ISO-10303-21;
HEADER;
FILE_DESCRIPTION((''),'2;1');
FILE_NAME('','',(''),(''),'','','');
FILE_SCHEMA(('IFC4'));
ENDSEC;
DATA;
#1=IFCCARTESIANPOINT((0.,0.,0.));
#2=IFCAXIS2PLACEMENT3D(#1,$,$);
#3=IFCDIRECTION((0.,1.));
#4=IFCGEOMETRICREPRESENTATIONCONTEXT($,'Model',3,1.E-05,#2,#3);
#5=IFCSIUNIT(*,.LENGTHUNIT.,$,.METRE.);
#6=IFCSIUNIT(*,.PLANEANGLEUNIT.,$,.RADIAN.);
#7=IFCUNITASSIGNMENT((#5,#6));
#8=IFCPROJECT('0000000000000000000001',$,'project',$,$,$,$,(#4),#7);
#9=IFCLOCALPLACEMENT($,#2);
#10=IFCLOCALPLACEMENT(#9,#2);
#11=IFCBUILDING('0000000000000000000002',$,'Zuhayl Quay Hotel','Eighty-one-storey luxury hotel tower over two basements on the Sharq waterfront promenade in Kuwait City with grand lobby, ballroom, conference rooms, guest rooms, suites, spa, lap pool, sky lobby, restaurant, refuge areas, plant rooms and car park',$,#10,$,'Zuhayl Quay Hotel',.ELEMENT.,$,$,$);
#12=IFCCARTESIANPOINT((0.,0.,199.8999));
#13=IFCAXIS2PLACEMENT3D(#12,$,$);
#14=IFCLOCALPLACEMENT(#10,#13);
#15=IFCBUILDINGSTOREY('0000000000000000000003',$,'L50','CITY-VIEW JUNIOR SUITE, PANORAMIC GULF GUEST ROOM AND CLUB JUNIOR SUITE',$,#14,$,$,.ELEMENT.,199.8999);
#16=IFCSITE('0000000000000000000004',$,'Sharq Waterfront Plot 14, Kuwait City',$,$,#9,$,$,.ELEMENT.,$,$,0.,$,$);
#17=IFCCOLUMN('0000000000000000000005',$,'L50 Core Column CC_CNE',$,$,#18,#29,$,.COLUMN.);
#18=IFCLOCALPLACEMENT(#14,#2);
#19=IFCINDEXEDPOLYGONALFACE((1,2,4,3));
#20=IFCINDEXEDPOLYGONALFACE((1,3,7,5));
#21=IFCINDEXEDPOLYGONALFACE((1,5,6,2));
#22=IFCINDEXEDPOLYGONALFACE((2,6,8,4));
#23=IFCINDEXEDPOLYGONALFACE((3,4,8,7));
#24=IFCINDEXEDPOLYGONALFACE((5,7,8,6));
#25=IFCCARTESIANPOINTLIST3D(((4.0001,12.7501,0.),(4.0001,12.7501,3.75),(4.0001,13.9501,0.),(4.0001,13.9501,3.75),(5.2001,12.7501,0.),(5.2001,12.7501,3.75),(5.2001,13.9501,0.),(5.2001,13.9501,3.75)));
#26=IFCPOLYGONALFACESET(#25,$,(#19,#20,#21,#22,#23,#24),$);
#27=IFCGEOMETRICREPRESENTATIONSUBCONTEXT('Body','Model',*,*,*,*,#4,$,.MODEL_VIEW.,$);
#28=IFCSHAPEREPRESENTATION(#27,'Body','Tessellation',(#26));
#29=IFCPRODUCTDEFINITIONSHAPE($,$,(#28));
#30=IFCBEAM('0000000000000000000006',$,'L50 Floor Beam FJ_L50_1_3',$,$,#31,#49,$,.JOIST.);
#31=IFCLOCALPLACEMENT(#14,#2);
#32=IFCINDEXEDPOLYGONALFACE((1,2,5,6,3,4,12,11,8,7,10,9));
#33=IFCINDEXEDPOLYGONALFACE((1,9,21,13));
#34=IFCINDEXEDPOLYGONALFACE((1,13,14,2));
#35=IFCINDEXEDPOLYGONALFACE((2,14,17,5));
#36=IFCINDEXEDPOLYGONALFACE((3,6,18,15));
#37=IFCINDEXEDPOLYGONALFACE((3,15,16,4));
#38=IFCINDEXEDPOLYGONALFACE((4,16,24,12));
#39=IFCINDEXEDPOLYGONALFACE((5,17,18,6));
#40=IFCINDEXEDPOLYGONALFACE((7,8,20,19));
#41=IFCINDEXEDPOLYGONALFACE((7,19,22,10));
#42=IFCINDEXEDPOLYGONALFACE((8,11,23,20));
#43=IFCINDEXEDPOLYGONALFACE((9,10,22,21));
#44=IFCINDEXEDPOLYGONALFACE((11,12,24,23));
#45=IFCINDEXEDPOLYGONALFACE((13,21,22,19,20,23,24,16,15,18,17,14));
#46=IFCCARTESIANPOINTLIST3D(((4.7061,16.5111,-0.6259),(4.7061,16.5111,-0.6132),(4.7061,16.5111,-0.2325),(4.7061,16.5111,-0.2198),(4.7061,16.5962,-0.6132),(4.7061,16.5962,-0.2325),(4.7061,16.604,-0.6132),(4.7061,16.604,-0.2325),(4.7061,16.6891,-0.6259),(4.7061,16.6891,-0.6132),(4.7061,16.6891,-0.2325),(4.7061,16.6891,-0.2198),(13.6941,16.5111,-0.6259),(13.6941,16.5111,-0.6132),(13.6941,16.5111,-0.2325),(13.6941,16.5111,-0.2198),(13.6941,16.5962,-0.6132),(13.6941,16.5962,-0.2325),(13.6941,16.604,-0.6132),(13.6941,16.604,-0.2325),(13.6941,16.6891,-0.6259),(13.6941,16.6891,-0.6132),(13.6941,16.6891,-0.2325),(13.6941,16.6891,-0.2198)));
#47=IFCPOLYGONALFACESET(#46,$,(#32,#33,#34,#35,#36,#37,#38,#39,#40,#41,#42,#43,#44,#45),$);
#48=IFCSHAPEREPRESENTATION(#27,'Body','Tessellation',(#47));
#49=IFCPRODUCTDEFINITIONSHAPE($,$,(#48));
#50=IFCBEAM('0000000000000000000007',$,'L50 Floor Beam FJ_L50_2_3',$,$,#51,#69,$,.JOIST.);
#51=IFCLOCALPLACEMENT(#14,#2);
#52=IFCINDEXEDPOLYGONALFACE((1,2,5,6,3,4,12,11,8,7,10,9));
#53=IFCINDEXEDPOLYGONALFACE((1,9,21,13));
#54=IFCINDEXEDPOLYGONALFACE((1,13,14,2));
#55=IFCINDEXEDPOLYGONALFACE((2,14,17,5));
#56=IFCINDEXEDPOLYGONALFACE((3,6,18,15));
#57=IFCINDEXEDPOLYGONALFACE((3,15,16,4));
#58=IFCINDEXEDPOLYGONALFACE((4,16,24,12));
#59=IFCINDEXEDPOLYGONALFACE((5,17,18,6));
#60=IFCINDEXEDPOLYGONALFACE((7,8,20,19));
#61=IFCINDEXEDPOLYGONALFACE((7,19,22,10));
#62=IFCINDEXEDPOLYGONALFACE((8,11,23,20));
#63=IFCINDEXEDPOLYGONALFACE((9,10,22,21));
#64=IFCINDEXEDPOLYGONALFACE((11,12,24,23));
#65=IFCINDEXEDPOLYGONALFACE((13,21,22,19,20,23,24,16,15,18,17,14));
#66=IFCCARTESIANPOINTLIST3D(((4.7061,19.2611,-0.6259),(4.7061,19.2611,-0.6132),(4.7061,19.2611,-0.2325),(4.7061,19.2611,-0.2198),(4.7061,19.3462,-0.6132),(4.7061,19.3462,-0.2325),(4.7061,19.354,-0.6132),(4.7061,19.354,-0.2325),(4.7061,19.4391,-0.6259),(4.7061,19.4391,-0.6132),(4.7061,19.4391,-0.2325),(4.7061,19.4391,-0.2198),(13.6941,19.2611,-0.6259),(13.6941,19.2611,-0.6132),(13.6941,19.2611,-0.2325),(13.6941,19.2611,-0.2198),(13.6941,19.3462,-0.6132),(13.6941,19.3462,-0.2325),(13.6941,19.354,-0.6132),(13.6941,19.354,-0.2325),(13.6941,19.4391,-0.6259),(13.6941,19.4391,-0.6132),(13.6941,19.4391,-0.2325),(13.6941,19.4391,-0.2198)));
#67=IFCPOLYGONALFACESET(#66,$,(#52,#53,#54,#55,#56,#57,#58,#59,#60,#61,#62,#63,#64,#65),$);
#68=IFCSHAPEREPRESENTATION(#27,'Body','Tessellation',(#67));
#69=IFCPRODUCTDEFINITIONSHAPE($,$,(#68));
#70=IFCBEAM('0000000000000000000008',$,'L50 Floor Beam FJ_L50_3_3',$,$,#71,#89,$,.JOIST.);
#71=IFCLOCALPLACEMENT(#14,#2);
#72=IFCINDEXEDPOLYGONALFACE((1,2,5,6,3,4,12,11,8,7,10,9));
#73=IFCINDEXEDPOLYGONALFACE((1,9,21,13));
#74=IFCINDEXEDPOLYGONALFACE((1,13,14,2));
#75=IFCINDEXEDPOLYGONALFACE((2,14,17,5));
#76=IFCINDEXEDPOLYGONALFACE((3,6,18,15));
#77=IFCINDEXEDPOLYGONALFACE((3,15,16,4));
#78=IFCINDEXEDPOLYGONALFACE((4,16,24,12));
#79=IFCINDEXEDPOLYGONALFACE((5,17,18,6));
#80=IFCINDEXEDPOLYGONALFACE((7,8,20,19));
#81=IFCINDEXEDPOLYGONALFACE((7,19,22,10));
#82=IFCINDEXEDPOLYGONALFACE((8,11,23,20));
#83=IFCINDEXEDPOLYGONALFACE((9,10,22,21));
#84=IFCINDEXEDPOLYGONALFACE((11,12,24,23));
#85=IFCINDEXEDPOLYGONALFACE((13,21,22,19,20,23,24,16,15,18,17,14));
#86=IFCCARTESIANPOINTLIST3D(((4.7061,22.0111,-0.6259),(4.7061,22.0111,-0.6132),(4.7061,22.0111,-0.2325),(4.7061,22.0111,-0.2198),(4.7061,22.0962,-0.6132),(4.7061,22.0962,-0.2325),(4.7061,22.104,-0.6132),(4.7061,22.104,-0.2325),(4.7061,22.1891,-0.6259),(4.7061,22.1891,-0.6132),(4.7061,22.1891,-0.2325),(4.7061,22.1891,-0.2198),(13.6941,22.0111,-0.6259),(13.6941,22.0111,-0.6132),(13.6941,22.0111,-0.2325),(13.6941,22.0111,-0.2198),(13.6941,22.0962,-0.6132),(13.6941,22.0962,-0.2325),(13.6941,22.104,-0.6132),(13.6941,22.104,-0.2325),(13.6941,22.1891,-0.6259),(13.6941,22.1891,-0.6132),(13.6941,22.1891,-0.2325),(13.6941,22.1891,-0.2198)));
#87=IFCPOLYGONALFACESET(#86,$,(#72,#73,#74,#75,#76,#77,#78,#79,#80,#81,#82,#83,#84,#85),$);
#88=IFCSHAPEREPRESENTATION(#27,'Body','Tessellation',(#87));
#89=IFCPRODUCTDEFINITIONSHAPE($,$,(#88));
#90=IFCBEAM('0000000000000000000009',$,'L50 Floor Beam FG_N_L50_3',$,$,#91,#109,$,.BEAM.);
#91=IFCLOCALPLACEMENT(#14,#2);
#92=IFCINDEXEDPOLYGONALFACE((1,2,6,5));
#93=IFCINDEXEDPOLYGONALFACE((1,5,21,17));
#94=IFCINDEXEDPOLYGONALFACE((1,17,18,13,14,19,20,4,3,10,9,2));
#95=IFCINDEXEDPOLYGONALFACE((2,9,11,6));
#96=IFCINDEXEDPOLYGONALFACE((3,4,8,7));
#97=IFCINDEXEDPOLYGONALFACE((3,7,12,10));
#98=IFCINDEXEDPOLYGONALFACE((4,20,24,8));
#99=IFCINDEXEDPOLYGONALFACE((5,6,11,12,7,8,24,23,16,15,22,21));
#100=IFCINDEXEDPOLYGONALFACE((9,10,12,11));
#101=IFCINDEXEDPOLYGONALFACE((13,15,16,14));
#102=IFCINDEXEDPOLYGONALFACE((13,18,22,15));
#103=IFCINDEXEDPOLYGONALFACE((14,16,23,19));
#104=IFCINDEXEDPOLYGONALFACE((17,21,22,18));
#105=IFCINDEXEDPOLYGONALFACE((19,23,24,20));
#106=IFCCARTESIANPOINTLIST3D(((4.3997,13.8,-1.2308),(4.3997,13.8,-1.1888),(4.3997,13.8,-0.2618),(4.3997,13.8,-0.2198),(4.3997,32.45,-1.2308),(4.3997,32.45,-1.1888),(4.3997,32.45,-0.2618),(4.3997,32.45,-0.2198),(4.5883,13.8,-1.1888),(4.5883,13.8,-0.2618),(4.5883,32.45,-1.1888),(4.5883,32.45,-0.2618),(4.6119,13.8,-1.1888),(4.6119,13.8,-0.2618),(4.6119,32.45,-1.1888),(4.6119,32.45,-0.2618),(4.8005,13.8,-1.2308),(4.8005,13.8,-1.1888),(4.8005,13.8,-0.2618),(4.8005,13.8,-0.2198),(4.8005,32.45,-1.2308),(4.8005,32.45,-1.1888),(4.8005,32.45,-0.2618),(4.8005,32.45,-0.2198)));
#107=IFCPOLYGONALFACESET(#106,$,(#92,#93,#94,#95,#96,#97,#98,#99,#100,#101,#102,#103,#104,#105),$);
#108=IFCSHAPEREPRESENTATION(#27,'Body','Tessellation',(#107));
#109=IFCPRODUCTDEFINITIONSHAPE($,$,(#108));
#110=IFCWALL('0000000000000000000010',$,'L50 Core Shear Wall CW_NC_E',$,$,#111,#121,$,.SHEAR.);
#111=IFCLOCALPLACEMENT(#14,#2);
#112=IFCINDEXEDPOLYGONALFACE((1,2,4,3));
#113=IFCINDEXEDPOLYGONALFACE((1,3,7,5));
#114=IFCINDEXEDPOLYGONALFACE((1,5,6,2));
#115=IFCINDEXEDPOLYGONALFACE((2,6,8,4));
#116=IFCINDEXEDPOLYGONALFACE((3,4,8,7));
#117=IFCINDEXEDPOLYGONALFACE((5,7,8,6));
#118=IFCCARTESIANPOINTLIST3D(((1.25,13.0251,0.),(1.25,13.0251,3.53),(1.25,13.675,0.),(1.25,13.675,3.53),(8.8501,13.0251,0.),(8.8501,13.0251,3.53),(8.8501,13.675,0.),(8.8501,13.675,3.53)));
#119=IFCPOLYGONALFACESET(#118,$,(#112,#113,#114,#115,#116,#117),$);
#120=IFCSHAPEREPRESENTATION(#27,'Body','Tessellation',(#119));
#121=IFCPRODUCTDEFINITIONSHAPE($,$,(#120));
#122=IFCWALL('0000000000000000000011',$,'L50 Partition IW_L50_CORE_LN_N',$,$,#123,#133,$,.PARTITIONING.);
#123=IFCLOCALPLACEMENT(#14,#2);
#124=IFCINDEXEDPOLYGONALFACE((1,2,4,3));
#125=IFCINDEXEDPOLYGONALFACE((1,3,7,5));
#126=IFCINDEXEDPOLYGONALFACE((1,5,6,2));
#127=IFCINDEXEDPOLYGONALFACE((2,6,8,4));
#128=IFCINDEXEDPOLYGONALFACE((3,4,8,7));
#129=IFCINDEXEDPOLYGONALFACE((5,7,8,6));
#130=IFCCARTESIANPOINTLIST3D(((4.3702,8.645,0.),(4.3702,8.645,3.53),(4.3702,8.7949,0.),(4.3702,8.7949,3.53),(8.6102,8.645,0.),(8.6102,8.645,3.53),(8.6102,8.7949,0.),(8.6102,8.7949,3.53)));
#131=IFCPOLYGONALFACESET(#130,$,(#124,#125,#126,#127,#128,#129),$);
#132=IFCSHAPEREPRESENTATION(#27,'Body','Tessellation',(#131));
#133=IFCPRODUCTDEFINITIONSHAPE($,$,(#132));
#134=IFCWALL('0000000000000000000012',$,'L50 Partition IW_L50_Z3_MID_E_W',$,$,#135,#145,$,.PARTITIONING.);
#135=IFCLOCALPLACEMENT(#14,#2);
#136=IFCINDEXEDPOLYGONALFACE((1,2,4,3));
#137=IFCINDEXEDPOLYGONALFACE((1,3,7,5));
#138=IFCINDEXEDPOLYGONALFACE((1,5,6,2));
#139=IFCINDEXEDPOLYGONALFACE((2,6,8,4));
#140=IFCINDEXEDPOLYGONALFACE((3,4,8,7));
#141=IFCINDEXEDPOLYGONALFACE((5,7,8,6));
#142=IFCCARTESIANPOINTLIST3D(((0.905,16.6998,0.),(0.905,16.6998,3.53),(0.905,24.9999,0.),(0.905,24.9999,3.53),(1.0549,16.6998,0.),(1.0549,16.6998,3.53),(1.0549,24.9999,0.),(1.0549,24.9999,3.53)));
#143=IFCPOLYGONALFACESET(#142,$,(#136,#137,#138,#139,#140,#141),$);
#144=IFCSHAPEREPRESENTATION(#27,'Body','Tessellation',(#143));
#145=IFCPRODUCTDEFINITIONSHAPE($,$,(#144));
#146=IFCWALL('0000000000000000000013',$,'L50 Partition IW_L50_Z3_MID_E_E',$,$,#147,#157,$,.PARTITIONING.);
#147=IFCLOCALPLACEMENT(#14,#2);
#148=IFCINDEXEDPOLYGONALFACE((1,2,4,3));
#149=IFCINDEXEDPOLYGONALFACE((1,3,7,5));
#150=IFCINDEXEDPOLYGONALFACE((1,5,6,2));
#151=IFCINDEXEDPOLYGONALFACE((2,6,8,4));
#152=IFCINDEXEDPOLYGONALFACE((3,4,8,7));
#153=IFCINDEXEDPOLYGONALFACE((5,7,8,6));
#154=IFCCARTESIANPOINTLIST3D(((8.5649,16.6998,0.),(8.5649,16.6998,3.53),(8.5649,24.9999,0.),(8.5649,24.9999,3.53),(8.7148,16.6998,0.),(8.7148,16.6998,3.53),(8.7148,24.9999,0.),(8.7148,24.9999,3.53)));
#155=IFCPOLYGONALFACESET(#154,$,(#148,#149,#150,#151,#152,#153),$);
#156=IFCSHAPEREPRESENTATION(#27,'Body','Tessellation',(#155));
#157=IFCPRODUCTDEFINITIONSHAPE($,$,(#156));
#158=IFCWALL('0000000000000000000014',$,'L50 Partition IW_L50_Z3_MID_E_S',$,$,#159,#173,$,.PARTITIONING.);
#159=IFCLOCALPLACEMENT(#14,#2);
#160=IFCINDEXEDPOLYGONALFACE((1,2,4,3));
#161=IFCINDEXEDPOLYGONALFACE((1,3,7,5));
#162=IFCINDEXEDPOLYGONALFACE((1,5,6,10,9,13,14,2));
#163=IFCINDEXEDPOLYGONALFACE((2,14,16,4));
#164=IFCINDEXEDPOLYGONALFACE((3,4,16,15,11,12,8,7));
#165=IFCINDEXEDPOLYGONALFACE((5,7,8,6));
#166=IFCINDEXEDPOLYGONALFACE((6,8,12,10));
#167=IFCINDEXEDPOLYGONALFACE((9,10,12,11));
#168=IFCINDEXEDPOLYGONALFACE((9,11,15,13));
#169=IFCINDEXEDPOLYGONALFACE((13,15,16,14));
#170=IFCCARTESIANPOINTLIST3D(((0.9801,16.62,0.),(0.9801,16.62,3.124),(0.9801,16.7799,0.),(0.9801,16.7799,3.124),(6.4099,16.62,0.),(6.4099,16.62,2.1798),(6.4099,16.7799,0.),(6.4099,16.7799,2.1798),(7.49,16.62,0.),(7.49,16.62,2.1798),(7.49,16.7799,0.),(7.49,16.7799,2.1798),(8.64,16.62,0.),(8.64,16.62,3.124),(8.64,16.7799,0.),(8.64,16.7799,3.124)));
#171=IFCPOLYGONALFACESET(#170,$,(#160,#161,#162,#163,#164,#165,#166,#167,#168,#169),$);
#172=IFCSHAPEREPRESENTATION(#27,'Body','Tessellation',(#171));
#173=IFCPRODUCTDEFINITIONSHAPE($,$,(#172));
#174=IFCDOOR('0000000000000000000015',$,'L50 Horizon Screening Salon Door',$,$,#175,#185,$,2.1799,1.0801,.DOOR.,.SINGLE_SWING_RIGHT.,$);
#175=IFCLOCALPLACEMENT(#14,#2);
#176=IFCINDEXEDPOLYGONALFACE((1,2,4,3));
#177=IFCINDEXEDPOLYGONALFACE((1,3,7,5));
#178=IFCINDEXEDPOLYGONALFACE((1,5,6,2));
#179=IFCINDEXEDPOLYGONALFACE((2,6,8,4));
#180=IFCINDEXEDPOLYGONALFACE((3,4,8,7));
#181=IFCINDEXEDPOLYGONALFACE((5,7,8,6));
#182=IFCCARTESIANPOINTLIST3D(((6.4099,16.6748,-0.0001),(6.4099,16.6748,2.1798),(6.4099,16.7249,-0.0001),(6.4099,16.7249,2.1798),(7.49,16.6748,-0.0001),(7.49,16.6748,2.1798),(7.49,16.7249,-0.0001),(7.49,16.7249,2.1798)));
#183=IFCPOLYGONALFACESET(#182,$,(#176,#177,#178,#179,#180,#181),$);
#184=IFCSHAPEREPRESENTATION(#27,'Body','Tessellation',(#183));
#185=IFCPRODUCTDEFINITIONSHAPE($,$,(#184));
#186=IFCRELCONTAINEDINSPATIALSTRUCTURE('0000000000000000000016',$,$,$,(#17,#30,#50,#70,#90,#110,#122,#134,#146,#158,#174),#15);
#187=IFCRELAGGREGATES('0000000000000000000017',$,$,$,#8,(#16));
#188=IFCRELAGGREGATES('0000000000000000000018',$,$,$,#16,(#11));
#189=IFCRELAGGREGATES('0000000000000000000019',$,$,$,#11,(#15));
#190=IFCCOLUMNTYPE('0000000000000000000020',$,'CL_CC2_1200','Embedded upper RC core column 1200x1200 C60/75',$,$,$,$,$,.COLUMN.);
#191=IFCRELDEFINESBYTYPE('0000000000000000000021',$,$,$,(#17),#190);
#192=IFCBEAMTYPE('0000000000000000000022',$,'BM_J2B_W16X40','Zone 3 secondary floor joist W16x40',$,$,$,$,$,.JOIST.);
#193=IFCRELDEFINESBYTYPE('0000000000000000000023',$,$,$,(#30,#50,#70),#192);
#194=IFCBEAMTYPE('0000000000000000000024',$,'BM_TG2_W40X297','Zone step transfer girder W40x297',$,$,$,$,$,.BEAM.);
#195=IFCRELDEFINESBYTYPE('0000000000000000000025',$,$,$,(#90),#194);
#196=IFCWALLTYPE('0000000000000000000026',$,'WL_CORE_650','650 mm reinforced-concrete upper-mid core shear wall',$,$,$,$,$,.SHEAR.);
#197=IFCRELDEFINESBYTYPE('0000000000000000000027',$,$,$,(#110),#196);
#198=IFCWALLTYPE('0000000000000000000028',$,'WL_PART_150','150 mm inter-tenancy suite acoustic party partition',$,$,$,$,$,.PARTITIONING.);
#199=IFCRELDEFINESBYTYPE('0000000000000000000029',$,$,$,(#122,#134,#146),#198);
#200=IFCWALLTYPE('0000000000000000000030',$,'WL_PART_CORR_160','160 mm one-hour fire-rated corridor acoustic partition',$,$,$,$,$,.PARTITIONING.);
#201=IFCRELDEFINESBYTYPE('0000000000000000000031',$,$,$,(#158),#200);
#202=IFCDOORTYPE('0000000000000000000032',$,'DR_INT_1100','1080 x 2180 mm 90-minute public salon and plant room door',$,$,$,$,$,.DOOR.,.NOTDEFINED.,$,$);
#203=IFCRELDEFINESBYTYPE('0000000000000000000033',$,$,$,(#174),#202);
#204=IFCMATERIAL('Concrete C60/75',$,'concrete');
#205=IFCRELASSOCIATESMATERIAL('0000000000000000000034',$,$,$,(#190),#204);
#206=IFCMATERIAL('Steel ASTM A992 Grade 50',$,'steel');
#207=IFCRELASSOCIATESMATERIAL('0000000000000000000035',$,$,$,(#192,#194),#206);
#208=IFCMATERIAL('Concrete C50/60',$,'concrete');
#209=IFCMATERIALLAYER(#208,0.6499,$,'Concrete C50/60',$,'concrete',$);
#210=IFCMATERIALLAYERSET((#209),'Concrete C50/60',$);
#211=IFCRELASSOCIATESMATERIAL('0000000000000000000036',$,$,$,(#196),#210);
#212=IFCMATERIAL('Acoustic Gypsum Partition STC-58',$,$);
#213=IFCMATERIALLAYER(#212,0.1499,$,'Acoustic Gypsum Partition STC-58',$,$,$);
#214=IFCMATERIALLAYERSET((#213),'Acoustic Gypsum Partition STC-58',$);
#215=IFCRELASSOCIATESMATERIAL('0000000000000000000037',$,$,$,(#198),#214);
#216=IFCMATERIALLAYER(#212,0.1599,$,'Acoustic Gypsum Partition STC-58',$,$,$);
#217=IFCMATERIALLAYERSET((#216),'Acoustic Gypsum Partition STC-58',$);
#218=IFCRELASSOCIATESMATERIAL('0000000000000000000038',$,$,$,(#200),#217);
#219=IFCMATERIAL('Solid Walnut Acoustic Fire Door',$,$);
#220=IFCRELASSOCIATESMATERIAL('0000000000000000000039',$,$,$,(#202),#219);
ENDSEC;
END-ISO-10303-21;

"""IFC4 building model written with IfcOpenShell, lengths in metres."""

from ifc_helpers import new_model, si_unit, direction, frame, frame_2d, origin, origin_2d, place, context, subcontext, project, spatial, rectangle, i_section, extrude, material, layer, layer_set, material_profile, profile_set, type_object, element, fill, save


model = new_model("IFC4")

# Units and contexts
model_context = context("Model", 3, precision=1e-05, world=origin(), true_north=direction((0.0, 1.0)))
body_context = subcontext(model_context, "Body", "Model", "MODEL_VIEW")
ifc_project = project(units=[si_unit("LENGTHUNIT", "METRE"), si_unit("PLANEANGLEUNIT", "RADIAN")], contexts=[model_context])

# Site, building, storey
site_placement = place(None, origin())
site = spatial("IfcSite", under=ifc_project, at=site_placement, Name="Sharq Waterfront Plot 14, Kuwait City", CompositionType="ELEMENT", RefElevation=0.0)
building_placement = place(site_placement, origin())
building = spatial("IfcBuilding", under=site, at=building_placement, Name="Zuhayl Quay Hotel", Description="Eighty-one-storey luxury hotel tower over two basements on the Sharq waterfront promenade in Kuwait City with grand lobby, ballroom, conference rooms, guest rooms, suites, spa, lap pool, sky lobby, restaurant, refuge areas, plant rooms and car park", LongName="Zuhayl Quay Hotel", CompositionType="ELEMENT")
storey_placement = place(building_placement, frame((0.0, 0.0, 199.8999)))
storey = spatial("IfcBuildingStorey", under=building, at=storey_placement, Name="L50", Description="CITY-VIEW JUNIOR SUITE, PANORAMIC GULF GUEST ROOM AND CLUB JUNIOR SUITE", CompositionType="ELEMENT", Elevation=199.8999)

# Column
ifc_material_1 = material(Name="Concrete C60/75", Category="concrete")
ifc_material_profile_1 = material_profile(ifc_material_1, rectangle(XDim=1.2, YDim=1.2, at=origin_2d()), Name="RC1200X1200")
ifc_profile_set_1 = profile_set([ifc_material_profile_1], Name="Concrete C60/75")
column_type = type_object("IfcColumnType", Name="CL_CC2_1200", Description="Embedded upper RC core column 1200x1200 C60/75", PredefinedType="COLUMN", material=ifc_profile_set_1)
column_placement = place(storey_placement, frame((4.6001, 13.3501, 0.0), z_axis=(0.0, 0.0, 1.0), x_axis=(1.0, 0.0, 0.0)))
element("IfcColumn", 1, at=column_placement, inside=storey, type_object=column_type, Name="L50 Core Column CC_CNE", PredefinedType="COLUMN", context=body_context, shape_type="SweptSolid", body=[
    extrude(rectangle(XDim=1.2, YDim=1.2, at=origin_2d()), origin(), (0.0, 0.0, 1.0), 3.75),
])

# Beams
ifc_material_2 = material(Name="Steel ASTM A992 Grade 50", Category="steel")
ifc_material_profile_2 = material_profile(ifc_material_2, i_section(OverallWidth=0.178, OverallDepth=0.406, WebThickness=0.0078, FlangeThickness=0.0127, at=origin_2d()), Name="W16X40")
ifc_profile_set_2 = profile_set([ifc_material_profile_2], Name="Steel ASTM A992 Grade 50")
beam_type_1 = type_object("IfcBeamType", Name="BM_J2B_W16X40", Description="Zone 3 secondary floor joist W16x40", PredefinedType="JOIST", material=ifc_profile_set_2)
for number, where, z_axis, x_axis, name in (
    (2, (4.7061, 16.6001, -0.4229), (1.0, 0.0, 0.0), (0.0, 1.0, 0.0), "L50 Floor Beam FJ_L50_1_3"),
    (3, (4.7061, 19.3501, -0.4229), (1.0, 0.0, 0.0), (0.0, 1.0, 0.0), "L50 Floor Beam FJ_L50_2_3"),
    (4, (4.7061, 22.1001, -0.4229), (1.0, 0.0, 0.0), (0.0, 1.0, 0.0), "L50 Floor Beam FJ_L50_3_3"),
):
    element("IfcBeam", number, at=place(storey_placement, frame(where, z_axis=z_axis, x_axis=x_axis)), inside=storey, type_object=beam_type_1, Name=name, PredefinedType="JOIST", context=body_context, shape_type="SweptSolid", body=[
        extrude(i_section(OverallWidth=0.178, OverallDepth=0.406, WebThickness=0.0078, FlangeThickness=0.0127, at=origin_2d()), origin(), (0.0, 0.0, 1.0), 8.988),
    ])
ifc_material_profile_3 = material_profile(ifc_material_2, i_section(OverallWidth=0.4009, OverallDepth=1.011, WebThickness=0.0237, FlangeThickness=0.042, at=origin_2d()), Name="W40X297")
ifc_profile_set_3 = profile_set([ifc_material_profile_3], Name="Steel ASTM A992 Grade 50")
beam_type_2 = type_object("IfcBeamType", Name="BM_TG2_W40X297", Description="Zone step transfer girder W40x297", PredefinedType="BEAM", material=ifc_profile_set_3)
beam_placement = place(storey_placement, frame((4.6001, 13.8, -0.7253), z_axis=(0.0, 1.0, 0.0), x_axis=(-1.0, 0.0, 0.0)))
element("IfcBeam", 5, at=beam_placement, inside=storey, type_object=beam_type_2, Name="L50 Floor Beam FG_N_L50_3", PredefinedType="BEAM", context=body_context, shape_type="SweptSolid", body=[
    extrude(i_section(OverallWidth=0.4009, OverallDepth=1.011, WebThickness=0.0237, FlangeThickness=0.042, at=origin_2d()), origin(), (0.0, 0.0, 1.0), 18.6499),
])

# Walls
ifc_material_3 = material(Name="Concrete C50/60", Category="concrete")
ifc_layer_1 = layer(ifc_material_3, 0.6499, Name="Concrete C50/60", Category="concrete")
ifc_layer_set_1 = layer_set([ifc_layer_1], Name="Concrete C50/60")
wall_type_1 = type_object("IfcWallType", Name="WL_CORE_650", Description="650 mm reinforced-concrete upper-mid core shear wall", PredefinedType="SHEAR", material=ifc_layer_set_1)
wall_1_placement = place(storey_placement, frame((1.25, 13.3501, 0.0), z_axis=(0.0, 0.0, 1.0), x_axis=(1.0, 0.0, 0.0)))
element("IfcWall", 6, at=wall_1_placement, inside=storey, type_object=wall_type_1, Name="L50 Core Shear Wall CW_NC_E", PredefinedType="SHEAR", context=body_context, shape_type="SweptSolid", body=[
    extrude(rectangle(XDim=7.6001, YDim=0.6499, at=frame_2d((3.8, 0.0))), origin(), (0.0, 0.0, 1.0), 3.53),
])
ifc_material_4 = material(Name="Acoustic Gypsum Partition STC-58")
ifc_layer_2 = layer(ifc_material_4, 0.1499, Name="Acoustic Gypsum Partition STC-58")
ifc_layer_set_2 = layer_set([ifc_layer_2], Name="Acoustic Gypsum Partition STC-58")
wall_type_2 = type_object("IfcWallType", Name="WL_PART_150", Description="150 mm inter-tenancy suite acoustic party partition", PredefinedType="PARTITIONING", material=ifc_layer_set_2)
wall_2_placement = place(storey_placement, frame((4.3701, 8.72, 0.0), z_axis=(0.0, 0.0, 1.0), x_axis=(1.0, 0.0, 0.0)))
element("IfcWall", 7, at=wall_2_placement, inside=storey, type_object=wall_type_2, Name="L50 Partition IW_L50_CORE_LN_N", PredefinedType="PARTITIONING", context=body_context, shape_type="SweptSolid", body=[
    extrude(rectangle(XDim=4.24, YDim=0.1499, at=frame_2d((2.1201, 0.0))), origin(), (0.0, 0.0, 1.0), 3.53),
])
for number, where, z_axis, x_axis, name in (
    (8, (0.98, 16.7, 0.0), (0.0, 0.0, 1.0), (0.0, 1.0, 0.0), "L50 Partition IW_L50_Z3_MID_E_W"),
    (9, (8.6399, 16.7, 0.0), (0.0, 0.0, 1.0), (0.0, 1.0, 0.0), "L50 Partition IW_L50_Z3_MID_E_E"),
):
    element("IfcWall", number, at=place(storey_placement, frame(where, z_axis=z_axis, x_axis=x_axis)), inside=storey, type_object=wall_type_2, Name=name, PredefinedType="PARTITIONING", context=body_context, shape_type="SweptSolid", body=[
        extrude(rectangle(XDim=8.3, YDim=0.1499, at=frame_2d((4.1499, 0.0))), origin(), (0.0, 0.0, 1.0), 3.53),
    ])

# Wall, opening, door
ifc_layer_3 = layer(ifc_material_4, 0.1599, Name="Acoustic Gypsum Partition STC-58")
ifc_layer_set_3 = layer_set([ifc_layer_3], Name="Acoustic Gypsum Partition STC-58")
wall_type_3 = type_object("IfcWallType", Name="WL_PART_CORR_160", Description="160 mm one-hour fire-rated corridor acoustic partition", PredefinedType="PARTITIONING", material=ifc_layer_set_3)
wall_3_placement = place(storey_placement, frame((0.98, 16.7, 0.0), z_axis=(0.0, 0.0, 1.0), x_axis=(1.0, 0.0, 0.0)))
wall_3 = element("IfcWall", 10, at=wall_3_placement, inside=storey, type_object=wall_type_3, Name="L50 Partition IW_L50_Z3_MID_E_S", PredefinedType="PARTITIONING", context=body_context, shape_type="SweptSolid", body=[
    extrude(rectangle(XDim=7.6599, YDim=0.1599, at=frame_2d((3.8301, 0.0))), origin(), (0.0, 0.0, 1.0), 3.124),
])
opening_1_placement = place(wall_3_placement, frame((5.4299, 0.0, 0.0)))
opening_1 = element("IfcOpeningElement", 11, at=opening_1_placement, cuts=wall_3, PredefinedType="OPENING", context=body_context, shape_type="SweptSolid", body=[
    extrude(rectangle(XDim=1.0801, YDim=2.1799, at=frame_2d((0.54, 1.0898))), frame((0.0, 0.0898, 0.0), z_axis=(0.0, -1.0, 0.0), x_axis=(1.0, 0.0, 0.0)), (0.0, 0.0, 1.0), 0.1799),
])
ifc_material_5 = material(Name="Solid Walnut Acoustic Fire Door")
door_type_1 = type_object("IfcDoorType", Name="DR_INT_1100", Description="1080 x 2180 mm 90-minute public salon and plant room door", OperationType="NOTDEFINED", PredefinedType="DOOR", material=ifc_material_5)
door_1_placement = place(opening_1_placement, origin())
door_1 = element("IfcDoor", 12, at=door_1_placement, inside=storey, type_object=door_type_1, Name="L50 Horizon Screening Salon Door", OperationType="SINGLE_SWING_RIGHT", OverallHeight=2.1799, OverallWidth=1.0801, PredefinedType="DOOR", context=body_context, shape_type="SweptSolid", body=[
    extrude(rectangle(XDim=1.0801, YDim=2.1799, at=frame_2d((0.54, 1.0898))), frame((0.0, 0.0249, 0.0), z_axis=(0.0, -1.0, 0.0), x_axis=(1.0, 0.0, 0.0)), (0.0, 0.0, 1.0), 0.05),
])
fill(opening_1, door_1)

save(model, "model.ifc")
